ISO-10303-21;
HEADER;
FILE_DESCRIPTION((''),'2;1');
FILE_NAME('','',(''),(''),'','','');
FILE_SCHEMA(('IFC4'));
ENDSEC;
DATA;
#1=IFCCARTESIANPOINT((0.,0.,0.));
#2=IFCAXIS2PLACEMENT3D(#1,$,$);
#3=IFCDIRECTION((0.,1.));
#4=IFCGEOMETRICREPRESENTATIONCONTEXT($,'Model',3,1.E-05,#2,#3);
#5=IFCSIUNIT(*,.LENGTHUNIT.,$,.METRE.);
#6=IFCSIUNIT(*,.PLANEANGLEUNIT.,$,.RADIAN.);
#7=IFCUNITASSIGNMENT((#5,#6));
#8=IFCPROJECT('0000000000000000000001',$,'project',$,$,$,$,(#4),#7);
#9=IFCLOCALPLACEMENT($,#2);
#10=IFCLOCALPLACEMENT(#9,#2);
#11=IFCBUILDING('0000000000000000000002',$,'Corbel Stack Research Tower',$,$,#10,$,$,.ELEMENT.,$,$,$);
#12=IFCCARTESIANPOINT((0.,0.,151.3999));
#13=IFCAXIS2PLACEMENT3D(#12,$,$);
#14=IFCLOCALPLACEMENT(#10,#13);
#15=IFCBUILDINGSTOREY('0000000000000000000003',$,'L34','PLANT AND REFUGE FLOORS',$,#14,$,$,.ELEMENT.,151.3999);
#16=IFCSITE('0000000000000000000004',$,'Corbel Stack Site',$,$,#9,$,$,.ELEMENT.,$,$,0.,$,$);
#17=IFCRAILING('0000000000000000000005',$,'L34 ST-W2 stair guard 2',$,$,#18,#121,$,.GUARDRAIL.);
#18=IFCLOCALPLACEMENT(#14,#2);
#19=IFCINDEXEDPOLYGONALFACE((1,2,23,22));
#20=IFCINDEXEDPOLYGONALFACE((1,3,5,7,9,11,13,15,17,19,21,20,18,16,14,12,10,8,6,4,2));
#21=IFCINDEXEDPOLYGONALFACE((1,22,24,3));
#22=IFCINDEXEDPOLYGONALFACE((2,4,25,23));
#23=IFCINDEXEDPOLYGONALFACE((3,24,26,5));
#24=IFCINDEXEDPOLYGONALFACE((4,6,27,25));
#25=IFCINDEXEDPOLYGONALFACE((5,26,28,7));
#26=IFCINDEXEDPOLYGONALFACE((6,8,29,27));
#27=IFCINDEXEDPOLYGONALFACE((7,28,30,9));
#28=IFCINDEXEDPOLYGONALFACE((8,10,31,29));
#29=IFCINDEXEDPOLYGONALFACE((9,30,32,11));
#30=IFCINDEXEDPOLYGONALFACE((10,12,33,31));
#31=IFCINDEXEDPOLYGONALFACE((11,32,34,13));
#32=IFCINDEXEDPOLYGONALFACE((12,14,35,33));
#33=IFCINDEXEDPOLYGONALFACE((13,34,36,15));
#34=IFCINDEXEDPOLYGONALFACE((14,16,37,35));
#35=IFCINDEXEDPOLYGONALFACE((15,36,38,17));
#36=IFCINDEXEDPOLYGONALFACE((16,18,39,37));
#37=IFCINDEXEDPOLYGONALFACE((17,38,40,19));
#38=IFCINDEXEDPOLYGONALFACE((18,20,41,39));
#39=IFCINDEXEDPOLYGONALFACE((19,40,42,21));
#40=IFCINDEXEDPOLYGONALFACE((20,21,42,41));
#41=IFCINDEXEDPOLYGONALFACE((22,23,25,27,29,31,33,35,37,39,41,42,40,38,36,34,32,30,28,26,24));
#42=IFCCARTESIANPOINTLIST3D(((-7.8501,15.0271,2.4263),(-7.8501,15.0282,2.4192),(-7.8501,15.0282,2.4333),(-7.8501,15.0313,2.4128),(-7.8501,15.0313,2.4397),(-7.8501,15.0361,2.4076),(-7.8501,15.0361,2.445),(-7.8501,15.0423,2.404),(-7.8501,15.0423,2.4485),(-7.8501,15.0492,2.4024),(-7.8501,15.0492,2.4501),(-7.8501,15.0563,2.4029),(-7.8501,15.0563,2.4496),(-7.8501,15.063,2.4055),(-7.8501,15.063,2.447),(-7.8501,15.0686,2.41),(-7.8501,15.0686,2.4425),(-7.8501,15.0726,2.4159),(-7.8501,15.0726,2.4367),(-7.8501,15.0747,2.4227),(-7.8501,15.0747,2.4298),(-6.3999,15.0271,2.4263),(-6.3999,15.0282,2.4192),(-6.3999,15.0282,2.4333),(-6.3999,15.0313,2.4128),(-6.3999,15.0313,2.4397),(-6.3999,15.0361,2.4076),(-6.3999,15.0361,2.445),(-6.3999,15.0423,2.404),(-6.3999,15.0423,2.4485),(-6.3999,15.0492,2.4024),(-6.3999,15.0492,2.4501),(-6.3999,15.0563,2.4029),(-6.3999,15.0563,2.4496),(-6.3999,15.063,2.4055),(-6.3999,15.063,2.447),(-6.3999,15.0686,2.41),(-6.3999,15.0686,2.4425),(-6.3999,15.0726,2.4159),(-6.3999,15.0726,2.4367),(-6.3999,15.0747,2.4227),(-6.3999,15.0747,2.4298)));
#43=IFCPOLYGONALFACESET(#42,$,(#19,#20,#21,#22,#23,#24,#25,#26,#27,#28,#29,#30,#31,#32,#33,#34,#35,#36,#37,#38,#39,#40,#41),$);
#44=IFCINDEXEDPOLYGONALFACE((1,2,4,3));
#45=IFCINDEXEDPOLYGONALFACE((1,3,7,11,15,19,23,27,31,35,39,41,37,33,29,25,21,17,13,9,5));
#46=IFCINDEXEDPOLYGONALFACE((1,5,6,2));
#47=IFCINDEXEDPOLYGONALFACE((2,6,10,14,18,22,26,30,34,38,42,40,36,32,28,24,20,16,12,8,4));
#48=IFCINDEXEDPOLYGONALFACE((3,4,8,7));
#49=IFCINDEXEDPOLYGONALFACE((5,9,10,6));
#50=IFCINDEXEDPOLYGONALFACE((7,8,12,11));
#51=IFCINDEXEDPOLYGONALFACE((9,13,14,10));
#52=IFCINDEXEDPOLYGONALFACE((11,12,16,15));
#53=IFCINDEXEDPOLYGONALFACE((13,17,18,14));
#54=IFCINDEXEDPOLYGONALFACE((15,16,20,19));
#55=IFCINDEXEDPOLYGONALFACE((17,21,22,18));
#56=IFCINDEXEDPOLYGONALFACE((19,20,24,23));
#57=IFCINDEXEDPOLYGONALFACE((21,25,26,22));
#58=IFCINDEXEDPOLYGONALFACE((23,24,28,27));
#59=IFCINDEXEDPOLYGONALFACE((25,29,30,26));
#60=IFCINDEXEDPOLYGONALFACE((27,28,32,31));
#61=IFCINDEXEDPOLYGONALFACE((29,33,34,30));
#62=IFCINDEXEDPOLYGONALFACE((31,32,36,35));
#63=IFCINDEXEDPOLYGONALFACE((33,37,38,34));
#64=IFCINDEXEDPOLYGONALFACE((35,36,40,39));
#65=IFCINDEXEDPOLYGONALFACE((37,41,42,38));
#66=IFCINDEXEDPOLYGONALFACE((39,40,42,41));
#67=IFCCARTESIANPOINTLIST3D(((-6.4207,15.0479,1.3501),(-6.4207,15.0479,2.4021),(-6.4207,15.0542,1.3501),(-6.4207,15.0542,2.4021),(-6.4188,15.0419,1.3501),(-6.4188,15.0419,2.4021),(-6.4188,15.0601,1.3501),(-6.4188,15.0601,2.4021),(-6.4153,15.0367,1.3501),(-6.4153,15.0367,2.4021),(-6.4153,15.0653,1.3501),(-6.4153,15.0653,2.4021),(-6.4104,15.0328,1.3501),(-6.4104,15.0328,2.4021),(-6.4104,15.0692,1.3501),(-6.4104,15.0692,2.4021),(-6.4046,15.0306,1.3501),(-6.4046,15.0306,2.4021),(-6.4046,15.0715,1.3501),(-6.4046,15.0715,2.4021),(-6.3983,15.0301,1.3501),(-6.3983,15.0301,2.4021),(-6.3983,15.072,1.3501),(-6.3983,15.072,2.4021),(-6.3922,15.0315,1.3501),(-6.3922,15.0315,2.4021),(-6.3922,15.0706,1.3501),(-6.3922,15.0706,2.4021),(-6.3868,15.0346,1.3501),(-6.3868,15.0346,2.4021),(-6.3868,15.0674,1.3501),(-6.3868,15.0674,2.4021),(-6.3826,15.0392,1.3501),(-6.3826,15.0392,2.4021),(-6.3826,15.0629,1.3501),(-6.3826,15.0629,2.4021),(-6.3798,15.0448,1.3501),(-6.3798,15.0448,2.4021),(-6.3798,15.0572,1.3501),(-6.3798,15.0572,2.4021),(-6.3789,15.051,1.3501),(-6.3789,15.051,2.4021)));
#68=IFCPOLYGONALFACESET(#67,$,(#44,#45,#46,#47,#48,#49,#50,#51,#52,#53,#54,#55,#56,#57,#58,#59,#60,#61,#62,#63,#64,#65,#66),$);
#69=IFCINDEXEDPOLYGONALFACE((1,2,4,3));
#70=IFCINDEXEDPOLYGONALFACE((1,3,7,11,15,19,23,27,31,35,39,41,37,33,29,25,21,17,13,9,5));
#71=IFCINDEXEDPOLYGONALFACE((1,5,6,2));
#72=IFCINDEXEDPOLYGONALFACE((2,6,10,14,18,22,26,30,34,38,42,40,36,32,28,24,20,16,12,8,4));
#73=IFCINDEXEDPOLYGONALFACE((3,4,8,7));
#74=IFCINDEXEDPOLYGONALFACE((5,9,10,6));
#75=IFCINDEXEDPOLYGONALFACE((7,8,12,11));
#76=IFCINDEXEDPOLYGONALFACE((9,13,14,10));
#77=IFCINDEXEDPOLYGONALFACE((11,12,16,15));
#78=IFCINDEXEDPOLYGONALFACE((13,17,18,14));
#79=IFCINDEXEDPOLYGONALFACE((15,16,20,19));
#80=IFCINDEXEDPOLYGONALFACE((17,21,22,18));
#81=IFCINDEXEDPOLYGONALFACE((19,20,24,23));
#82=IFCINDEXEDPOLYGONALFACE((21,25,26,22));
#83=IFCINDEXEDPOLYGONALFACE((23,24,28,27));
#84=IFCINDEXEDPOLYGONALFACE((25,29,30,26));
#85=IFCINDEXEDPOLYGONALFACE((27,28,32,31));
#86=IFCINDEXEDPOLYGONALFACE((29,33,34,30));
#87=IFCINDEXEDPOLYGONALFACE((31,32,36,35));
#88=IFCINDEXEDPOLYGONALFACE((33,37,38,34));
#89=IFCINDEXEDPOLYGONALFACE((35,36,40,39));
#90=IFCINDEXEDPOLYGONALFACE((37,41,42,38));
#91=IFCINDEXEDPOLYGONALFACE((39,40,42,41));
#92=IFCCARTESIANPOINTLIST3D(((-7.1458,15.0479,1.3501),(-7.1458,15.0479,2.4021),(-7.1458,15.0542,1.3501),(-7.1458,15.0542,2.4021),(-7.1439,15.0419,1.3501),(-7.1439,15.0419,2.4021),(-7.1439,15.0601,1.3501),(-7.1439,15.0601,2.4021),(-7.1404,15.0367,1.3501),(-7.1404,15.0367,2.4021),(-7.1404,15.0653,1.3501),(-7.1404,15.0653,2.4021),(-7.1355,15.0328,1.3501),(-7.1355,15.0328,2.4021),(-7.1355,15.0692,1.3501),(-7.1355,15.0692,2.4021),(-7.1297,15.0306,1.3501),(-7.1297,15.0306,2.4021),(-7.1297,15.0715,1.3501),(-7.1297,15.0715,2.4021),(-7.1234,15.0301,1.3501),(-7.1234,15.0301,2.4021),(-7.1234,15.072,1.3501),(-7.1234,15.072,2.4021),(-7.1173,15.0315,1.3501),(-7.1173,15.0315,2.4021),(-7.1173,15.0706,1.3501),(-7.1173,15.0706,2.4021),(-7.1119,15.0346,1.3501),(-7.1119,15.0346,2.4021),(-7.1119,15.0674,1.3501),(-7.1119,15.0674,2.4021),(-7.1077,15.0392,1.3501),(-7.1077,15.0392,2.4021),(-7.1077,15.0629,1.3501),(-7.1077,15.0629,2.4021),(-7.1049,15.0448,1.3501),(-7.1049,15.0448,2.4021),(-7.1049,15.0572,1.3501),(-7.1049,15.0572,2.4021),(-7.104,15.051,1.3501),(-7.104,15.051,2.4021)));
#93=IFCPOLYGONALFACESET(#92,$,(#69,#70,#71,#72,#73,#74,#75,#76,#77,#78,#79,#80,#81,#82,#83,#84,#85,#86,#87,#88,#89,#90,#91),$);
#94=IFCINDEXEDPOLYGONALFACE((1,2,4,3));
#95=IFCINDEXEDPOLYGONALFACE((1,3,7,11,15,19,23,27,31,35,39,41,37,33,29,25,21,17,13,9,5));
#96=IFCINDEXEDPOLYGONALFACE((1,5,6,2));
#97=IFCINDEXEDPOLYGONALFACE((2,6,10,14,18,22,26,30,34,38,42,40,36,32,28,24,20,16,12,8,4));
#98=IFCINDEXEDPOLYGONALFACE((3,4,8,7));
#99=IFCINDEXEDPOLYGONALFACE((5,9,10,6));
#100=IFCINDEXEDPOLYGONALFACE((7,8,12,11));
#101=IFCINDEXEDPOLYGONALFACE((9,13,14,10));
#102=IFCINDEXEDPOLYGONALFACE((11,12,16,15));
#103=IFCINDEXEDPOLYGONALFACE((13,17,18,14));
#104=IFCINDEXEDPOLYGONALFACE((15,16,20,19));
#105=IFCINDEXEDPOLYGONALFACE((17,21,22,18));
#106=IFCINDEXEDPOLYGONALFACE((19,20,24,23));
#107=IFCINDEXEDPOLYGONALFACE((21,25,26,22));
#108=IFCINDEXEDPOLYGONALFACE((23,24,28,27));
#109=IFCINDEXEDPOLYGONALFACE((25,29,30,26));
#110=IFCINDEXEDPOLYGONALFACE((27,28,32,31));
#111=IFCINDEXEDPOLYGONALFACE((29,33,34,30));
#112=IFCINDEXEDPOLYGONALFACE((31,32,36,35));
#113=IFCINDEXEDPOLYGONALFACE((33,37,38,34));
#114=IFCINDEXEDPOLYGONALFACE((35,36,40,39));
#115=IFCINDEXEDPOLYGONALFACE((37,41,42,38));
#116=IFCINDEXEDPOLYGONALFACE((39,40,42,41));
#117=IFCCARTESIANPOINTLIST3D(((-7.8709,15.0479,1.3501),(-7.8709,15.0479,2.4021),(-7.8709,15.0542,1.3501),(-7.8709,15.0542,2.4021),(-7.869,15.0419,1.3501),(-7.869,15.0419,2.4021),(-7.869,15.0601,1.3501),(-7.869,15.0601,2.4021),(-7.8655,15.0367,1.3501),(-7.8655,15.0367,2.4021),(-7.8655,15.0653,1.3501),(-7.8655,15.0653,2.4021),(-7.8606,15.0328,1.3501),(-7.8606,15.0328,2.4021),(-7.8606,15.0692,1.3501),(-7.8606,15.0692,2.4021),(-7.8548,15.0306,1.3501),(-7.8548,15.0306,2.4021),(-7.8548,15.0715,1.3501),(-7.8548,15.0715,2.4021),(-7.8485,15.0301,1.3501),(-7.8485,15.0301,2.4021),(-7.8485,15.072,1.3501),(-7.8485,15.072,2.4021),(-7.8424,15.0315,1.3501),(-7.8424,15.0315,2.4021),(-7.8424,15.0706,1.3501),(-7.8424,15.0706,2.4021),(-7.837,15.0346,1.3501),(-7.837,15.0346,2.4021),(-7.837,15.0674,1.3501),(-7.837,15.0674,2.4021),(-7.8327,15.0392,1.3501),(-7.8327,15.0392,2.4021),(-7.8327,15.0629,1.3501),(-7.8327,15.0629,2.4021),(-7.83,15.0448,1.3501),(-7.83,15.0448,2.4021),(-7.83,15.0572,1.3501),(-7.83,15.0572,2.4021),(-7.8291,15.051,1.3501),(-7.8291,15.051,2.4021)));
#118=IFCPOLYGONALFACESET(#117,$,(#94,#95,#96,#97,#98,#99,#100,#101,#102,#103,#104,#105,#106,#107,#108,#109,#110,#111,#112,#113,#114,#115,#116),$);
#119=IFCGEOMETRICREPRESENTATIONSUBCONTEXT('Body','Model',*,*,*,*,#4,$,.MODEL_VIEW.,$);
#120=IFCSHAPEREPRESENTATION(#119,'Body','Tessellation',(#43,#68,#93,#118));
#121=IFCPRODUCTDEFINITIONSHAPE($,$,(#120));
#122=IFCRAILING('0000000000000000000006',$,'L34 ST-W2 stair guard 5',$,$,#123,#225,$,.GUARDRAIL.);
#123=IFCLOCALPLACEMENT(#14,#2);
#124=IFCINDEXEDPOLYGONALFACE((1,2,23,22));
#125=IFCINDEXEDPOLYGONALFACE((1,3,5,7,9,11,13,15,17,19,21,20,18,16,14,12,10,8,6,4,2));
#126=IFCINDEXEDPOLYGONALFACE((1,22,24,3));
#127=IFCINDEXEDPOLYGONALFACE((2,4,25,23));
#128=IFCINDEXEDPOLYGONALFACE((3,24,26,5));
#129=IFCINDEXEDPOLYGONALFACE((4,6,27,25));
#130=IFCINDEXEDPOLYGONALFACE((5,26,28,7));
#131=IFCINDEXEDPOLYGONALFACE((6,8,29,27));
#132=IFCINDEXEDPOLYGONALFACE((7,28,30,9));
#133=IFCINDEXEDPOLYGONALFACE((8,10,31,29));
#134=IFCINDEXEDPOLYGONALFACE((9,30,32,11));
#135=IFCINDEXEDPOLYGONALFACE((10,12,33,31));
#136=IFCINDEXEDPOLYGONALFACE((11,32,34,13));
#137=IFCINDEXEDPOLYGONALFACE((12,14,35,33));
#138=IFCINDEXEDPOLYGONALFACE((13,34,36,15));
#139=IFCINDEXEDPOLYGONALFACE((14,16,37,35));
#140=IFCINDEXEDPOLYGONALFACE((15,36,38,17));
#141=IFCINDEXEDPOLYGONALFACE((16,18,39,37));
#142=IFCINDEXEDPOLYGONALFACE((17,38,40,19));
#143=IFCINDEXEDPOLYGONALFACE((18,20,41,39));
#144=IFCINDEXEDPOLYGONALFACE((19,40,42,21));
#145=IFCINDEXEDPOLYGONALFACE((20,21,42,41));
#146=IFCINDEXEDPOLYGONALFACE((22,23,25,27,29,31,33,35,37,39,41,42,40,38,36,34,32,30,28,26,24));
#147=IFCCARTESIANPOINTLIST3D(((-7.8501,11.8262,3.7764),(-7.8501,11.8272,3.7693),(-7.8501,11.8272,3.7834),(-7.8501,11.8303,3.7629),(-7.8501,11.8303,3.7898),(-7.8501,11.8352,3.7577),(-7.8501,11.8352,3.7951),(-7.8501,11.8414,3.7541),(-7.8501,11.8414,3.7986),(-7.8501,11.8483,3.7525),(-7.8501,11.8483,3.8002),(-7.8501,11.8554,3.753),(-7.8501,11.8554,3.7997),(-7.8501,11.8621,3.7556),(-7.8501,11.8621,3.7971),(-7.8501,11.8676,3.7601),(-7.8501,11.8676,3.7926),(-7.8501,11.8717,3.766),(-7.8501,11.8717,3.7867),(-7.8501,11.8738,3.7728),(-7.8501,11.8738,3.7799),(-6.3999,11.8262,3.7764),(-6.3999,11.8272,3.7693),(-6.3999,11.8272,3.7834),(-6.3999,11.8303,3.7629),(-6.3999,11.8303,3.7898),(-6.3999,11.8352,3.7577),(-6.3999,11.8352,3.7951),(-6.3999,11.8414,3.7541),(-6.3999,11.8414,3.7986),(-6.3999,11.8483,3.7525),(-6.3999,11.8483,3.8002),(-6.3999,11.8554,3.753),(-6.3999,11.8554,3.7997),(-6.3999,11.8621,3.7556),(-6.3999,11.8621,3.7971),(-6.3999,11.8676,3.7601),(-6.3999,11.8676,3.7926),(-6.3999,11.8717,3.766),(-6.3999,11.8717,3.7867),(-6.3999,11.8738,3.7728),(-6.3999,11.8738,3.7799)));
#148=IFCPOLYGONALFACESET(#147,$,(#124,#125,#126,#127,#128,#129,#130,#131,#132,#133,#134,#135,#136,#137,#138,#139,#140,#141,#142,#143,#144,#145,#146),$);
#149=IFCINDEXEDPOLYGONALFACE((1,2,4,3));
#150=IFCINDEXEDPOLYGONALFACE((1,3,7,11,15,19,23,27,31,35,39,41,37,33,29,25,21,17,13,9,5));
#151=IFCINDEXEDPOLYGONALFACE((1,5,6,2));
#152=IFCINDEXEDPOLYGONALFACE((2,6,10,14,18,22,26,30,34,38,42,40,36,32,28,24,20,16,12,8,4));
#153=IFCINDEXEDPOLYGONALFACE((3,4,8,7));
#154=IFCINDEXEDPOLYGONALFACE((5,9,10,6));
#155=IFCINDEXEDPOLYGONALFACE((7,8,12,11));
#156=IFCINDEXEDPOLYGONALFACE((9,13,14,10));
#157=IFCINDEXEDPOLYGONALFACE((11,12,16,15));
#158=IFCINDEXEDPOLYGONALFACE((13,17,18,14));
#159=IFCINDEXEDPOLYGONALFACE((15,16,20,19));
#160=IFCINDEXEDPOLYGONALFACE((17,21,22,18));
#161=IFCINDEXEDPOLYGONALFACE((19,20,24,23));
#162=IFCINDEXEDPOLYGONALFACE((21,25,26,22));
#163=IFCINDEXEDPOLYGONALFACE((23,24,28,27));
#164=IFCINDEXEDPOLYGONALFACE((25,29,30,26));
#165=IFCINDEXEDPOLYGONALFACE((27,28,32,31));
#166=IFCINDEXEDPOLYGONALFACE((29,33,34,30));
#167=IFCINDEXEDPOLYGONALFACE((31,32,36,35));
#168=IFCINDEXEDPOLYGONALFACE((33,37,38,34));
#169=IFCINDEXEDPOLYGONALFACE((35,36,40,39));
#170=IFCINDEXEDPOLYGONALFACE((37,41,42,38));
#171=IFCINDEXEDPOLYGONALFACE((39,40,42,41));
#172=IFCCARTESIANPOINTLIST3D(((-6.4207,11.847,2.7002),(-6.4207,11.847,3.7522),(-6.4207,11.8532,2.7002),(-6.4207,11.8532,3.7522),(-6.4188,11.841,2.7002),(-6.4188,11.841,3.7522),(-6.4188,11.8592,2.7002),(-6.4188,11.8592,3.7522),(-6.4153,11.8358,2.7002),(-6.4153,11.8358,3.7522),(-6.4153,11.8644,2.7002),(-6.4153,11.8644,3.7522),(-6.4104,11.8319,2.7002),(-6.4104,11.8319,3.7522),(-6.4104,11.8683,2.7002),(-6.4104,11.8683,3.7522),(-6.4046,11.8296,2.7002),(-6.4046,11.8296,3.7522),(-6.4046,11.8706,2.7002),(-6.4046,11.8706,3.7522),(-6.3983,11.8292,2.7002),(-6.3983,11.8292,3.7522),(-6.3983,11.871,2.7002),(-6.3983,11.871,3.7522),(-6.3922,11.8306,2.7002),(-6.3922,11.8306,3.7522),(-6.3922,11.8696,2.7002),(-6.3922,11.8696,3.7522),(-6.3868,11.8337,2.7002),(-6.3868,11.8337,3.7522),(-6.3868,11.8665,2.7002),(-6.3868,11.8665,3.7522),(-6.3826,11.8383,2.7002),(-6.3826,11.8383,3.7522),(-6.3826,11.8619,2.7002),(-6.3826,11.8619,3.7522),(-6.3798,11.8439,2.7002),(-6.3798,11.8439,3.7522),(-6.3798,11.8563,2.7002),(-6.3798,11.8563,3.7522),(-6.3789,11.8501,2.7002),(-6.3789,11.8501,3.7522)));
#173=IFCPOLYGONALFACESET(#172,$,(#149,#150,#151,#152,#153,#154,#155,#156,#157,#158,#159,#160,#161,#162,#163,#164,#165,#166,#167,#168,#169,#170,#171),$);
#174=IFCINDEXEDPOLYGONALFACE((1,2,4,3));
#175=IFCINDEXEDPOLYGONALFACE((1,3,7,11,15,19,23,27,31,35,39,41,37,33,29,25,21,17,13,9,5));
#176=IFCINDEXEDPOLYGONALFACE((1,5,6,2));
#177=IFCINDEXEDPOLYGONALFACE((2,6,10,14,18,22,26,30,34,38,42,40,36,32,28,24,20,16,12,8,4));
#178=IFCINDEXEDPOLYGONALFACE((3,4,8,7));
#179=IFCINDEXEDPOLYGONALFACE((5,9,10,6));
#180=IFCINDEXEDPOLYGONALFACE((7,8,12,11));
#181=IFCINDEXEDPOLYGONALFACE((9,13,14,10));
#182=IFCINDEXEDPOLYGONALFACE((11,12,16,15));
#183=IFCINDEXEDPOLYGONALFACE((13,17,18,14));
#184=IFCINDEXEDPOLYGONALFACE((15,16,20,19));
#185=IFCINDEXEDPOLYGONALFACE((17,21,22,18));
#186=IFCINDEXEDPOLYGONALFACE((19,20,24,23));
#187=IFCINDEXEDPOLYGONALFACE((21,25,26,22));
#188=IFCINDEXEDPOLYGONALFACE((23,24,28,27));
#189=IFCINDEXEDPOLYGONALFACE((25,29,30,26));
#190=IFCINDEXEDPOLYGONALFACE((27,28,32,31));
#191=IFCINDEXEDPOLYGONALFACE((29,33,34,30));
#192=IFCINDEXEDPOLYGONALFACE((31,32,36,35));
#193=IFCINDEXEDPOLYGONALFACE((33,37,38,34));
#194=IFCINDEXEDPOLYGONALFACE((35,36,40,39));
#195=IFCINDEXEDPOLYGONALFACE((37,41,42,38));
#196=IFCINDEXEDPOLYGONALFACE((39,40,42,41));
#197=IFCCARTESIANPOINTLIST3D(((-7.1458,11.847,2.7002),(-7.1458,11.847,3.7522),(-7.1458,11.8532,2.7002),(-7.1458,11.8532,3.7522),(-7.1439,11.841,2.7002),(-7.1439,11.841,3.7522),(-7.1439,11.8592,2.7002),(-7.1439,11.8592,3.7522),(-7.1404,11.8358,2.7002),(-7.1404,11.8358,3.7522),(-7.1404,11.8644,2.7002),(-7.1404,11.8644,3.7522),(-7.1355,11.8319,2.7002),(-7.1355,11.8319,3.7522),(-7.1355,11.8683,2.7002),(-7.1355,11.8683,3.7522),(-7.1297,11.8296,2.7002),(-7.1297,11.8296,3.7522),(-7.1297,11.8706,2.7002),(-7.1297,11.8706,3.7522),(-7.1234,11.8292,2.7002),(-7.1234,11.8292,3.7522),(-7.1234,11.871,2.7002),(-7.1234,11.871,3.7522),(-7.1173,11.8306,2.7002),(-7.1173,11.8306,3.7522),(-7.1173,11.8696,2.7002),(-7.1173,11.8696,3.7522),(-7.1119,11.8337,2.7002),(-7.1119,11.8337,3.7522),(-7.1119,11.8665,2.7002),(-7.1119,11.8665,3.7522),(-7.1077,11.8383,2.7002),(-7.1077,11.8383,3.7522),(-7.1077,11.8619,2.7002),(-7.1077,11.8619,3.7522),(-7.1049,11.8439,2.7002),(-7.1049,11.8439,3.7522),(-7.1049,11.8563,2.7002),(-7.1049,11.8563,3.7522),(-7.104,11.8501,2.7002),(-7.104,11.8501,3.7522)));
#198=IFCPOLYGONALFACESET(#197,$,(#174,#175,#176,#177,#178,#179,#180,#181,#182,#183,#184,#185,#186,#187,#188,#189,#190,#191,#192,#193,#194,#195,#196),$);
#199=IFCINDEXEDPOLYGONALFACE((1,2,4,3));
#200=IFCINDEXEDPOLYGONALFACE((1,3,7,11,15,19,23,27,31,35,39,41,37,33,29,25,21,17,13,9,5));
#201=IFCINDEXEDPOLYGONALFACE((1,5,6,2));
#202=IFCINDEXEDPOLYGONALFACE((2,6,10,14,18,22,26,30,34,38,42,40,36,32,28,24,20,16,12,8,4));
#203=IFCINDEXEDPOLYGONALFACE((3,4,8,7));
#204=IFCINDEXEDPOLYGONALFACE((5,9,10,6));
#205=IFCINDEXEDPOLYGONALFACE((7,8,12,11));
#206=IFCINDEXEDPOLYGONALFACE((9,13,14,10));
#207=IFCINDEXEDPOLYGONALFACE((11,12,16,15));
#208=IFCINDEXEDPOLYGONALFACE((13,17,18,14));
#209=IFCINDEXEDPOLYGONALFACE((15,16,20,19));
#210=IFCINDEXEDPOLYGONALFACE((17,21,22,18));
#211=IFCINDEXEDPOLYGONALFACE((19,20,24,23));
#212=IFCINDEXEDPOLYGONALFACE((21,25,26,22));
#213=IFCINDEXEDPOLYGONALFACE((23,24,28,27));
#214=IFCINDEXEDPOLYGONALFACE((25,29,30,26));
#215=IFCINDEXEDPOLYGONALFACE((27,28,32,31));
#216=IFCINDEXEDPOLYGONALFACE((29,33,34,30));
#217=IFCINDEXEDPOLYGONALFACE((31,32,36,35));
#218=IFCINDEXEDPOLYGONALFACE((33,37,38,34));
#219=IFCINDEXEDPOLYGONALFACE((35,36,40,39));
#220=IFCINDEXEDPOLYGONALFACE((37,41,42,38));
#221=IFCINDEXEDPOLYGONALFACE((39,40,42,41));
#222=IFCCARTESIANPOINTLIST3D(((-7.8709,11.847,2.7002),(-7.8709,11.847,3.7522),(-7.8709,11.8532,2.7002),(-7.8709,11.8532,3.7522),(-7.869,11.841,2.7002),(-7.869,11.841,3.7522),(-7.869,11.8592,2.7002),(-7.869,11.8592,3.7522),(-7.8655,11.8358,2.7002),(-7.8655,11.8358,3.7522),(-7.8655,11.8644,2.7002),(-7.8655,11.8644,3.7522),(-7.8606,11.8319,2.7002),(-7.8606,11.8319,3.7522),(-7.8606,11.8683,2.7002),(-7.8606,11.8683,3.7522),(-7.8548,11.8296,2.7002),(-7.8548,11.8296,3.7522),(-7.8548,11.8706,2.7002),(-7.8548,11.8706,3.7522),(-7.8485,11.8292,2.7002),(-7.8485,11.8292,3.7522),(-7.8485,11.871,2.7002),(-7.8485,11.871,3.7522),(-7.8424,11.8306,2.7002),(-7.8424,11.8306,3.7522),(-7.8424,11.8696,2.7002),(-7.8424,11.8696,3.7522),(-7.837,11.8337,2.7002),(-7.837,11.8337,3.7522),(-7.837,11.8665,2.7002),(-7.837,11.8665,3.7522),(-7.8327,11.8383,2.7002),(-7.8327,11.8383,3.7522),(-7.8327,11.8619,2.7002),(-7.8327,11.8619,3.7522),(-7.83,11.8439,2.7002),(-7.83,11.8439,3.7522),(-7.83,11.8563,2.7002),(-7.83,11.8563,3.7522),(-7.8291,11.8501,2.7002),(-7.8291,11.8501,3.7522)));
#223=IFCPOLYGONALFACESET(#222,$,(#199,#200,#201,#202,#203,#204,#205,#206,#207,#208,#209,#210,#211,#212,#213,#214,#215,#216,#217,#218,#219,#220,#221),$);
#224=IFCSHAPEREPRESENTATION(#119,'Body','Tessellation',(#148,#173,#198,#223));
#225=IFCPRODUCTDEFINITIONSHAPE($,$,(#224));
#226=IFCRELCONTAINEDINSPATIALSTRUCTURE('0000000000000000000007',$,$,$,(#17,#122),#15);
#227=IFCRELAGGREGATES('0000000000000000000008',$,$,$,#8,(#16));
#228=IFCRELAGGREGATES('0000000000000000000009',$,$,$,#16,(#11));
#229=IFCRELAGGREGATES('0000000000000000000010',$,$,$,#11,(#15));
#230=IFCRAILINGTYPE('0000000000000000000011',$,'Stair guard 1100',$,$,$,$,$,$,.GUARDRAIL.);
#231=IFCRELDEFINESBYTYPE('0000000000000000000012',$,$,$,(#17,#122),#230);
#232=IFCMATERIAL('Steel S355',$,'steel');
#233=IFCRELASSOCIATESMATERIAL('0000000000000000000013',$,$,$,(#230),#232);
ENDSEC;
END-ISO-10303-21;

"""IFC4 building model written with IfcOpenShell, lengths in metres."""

from ifc_helpers import new_model, si_unit, direction, frame, origin, origin_2d, place, context, subcontext, project, spatial, circle, extrude, material, type_object, element, save


model = new_model("IFC4")

# Units and contexts
model_context = context("Model", 3, precision=1e-05, world=origin(), true_north=direction((0.0, 1.0)))
body_context = subcontext(model_context, "Body", "Model", "MODEL_VIEW")
ifc_project = project(units=[si_unit("LENGTHUNIT", "METRE"), si_unit("PLANEANGLEUNIT", "RADIAN")], contexts=[model_context])

# Site, building, storey
site_placement = place(None, origin())
site = spatial("IfcSite", under=ifc_project, at=site_placement, Name="Corbel Stack Site", CompositionType="ELEMENT", RefElevation=0.0)
building_placement = place(site_placement, origin())
building = spatial("IfcBuilding", under=site, at=building_placement, Name="Corbel Stack Research Tower", CompositionType="ELEMENT")
storey_placement = place(building_placement, frame((0.0, 0.0, 151.3999)))
storey = spatial("IfcBuildingStorey", under=building, at=storey_placement, Name="L34", Description="PLANT AND REFUGE FLOORS", CompositionType="ELEMENT", Elevation=151.3999)

# Railings
ifc_material_1 = material(Name="Steel S355", Category="steel")
railing_type_1 = type_object("IfcRailingType", Name="Stair guard 1100", PredefinedType="GUARDRAIL", material=ifc_material_1)
for number, where, name in (
    (1, (-6.3999, 15.051, 1.3501), "L34 ST-W2 stair guard 2"),
    (2, (-6.3999, 11.8501, 2.7002), "L34 ST-W2 stair guard 5"),
):
    element("IfcRailing", number, at=place(storey_placement, frame(where)), inside=storey, type_object=railing_type_1, Name=name, PredefinedType="GUARDRAIL", context=body_context, shape_type="SweptSolid", body=[
        extrude(circle(Radius=0.0239, at=origin_2d()), frame((0.0, 0.0, 1.0762), z_axis=(-1.0, 0.0, 0.0), x_axis=(0.0, -1.0, 0.0)), (0.0, 0.0, 1.0), 1.4502),
        extrude(circle(Radius=0.021, at=origin_2d()), origin(), (0.0, 0.0, 1.0), 1.052),
        extrude(circle(Radius=0.021, at=origin_2d()), frame((-0.7251, 0.0, 0.0)), (0.0, 0.0, 1.0), 1.052),
        extrude(circle(Radius=0.021, at=origin_2d()), frame((-1.4502, 0.0, 0.0)), (0.0, 0.0, 1.0), 1.052),
    ])

save(model, "model.ifc")
